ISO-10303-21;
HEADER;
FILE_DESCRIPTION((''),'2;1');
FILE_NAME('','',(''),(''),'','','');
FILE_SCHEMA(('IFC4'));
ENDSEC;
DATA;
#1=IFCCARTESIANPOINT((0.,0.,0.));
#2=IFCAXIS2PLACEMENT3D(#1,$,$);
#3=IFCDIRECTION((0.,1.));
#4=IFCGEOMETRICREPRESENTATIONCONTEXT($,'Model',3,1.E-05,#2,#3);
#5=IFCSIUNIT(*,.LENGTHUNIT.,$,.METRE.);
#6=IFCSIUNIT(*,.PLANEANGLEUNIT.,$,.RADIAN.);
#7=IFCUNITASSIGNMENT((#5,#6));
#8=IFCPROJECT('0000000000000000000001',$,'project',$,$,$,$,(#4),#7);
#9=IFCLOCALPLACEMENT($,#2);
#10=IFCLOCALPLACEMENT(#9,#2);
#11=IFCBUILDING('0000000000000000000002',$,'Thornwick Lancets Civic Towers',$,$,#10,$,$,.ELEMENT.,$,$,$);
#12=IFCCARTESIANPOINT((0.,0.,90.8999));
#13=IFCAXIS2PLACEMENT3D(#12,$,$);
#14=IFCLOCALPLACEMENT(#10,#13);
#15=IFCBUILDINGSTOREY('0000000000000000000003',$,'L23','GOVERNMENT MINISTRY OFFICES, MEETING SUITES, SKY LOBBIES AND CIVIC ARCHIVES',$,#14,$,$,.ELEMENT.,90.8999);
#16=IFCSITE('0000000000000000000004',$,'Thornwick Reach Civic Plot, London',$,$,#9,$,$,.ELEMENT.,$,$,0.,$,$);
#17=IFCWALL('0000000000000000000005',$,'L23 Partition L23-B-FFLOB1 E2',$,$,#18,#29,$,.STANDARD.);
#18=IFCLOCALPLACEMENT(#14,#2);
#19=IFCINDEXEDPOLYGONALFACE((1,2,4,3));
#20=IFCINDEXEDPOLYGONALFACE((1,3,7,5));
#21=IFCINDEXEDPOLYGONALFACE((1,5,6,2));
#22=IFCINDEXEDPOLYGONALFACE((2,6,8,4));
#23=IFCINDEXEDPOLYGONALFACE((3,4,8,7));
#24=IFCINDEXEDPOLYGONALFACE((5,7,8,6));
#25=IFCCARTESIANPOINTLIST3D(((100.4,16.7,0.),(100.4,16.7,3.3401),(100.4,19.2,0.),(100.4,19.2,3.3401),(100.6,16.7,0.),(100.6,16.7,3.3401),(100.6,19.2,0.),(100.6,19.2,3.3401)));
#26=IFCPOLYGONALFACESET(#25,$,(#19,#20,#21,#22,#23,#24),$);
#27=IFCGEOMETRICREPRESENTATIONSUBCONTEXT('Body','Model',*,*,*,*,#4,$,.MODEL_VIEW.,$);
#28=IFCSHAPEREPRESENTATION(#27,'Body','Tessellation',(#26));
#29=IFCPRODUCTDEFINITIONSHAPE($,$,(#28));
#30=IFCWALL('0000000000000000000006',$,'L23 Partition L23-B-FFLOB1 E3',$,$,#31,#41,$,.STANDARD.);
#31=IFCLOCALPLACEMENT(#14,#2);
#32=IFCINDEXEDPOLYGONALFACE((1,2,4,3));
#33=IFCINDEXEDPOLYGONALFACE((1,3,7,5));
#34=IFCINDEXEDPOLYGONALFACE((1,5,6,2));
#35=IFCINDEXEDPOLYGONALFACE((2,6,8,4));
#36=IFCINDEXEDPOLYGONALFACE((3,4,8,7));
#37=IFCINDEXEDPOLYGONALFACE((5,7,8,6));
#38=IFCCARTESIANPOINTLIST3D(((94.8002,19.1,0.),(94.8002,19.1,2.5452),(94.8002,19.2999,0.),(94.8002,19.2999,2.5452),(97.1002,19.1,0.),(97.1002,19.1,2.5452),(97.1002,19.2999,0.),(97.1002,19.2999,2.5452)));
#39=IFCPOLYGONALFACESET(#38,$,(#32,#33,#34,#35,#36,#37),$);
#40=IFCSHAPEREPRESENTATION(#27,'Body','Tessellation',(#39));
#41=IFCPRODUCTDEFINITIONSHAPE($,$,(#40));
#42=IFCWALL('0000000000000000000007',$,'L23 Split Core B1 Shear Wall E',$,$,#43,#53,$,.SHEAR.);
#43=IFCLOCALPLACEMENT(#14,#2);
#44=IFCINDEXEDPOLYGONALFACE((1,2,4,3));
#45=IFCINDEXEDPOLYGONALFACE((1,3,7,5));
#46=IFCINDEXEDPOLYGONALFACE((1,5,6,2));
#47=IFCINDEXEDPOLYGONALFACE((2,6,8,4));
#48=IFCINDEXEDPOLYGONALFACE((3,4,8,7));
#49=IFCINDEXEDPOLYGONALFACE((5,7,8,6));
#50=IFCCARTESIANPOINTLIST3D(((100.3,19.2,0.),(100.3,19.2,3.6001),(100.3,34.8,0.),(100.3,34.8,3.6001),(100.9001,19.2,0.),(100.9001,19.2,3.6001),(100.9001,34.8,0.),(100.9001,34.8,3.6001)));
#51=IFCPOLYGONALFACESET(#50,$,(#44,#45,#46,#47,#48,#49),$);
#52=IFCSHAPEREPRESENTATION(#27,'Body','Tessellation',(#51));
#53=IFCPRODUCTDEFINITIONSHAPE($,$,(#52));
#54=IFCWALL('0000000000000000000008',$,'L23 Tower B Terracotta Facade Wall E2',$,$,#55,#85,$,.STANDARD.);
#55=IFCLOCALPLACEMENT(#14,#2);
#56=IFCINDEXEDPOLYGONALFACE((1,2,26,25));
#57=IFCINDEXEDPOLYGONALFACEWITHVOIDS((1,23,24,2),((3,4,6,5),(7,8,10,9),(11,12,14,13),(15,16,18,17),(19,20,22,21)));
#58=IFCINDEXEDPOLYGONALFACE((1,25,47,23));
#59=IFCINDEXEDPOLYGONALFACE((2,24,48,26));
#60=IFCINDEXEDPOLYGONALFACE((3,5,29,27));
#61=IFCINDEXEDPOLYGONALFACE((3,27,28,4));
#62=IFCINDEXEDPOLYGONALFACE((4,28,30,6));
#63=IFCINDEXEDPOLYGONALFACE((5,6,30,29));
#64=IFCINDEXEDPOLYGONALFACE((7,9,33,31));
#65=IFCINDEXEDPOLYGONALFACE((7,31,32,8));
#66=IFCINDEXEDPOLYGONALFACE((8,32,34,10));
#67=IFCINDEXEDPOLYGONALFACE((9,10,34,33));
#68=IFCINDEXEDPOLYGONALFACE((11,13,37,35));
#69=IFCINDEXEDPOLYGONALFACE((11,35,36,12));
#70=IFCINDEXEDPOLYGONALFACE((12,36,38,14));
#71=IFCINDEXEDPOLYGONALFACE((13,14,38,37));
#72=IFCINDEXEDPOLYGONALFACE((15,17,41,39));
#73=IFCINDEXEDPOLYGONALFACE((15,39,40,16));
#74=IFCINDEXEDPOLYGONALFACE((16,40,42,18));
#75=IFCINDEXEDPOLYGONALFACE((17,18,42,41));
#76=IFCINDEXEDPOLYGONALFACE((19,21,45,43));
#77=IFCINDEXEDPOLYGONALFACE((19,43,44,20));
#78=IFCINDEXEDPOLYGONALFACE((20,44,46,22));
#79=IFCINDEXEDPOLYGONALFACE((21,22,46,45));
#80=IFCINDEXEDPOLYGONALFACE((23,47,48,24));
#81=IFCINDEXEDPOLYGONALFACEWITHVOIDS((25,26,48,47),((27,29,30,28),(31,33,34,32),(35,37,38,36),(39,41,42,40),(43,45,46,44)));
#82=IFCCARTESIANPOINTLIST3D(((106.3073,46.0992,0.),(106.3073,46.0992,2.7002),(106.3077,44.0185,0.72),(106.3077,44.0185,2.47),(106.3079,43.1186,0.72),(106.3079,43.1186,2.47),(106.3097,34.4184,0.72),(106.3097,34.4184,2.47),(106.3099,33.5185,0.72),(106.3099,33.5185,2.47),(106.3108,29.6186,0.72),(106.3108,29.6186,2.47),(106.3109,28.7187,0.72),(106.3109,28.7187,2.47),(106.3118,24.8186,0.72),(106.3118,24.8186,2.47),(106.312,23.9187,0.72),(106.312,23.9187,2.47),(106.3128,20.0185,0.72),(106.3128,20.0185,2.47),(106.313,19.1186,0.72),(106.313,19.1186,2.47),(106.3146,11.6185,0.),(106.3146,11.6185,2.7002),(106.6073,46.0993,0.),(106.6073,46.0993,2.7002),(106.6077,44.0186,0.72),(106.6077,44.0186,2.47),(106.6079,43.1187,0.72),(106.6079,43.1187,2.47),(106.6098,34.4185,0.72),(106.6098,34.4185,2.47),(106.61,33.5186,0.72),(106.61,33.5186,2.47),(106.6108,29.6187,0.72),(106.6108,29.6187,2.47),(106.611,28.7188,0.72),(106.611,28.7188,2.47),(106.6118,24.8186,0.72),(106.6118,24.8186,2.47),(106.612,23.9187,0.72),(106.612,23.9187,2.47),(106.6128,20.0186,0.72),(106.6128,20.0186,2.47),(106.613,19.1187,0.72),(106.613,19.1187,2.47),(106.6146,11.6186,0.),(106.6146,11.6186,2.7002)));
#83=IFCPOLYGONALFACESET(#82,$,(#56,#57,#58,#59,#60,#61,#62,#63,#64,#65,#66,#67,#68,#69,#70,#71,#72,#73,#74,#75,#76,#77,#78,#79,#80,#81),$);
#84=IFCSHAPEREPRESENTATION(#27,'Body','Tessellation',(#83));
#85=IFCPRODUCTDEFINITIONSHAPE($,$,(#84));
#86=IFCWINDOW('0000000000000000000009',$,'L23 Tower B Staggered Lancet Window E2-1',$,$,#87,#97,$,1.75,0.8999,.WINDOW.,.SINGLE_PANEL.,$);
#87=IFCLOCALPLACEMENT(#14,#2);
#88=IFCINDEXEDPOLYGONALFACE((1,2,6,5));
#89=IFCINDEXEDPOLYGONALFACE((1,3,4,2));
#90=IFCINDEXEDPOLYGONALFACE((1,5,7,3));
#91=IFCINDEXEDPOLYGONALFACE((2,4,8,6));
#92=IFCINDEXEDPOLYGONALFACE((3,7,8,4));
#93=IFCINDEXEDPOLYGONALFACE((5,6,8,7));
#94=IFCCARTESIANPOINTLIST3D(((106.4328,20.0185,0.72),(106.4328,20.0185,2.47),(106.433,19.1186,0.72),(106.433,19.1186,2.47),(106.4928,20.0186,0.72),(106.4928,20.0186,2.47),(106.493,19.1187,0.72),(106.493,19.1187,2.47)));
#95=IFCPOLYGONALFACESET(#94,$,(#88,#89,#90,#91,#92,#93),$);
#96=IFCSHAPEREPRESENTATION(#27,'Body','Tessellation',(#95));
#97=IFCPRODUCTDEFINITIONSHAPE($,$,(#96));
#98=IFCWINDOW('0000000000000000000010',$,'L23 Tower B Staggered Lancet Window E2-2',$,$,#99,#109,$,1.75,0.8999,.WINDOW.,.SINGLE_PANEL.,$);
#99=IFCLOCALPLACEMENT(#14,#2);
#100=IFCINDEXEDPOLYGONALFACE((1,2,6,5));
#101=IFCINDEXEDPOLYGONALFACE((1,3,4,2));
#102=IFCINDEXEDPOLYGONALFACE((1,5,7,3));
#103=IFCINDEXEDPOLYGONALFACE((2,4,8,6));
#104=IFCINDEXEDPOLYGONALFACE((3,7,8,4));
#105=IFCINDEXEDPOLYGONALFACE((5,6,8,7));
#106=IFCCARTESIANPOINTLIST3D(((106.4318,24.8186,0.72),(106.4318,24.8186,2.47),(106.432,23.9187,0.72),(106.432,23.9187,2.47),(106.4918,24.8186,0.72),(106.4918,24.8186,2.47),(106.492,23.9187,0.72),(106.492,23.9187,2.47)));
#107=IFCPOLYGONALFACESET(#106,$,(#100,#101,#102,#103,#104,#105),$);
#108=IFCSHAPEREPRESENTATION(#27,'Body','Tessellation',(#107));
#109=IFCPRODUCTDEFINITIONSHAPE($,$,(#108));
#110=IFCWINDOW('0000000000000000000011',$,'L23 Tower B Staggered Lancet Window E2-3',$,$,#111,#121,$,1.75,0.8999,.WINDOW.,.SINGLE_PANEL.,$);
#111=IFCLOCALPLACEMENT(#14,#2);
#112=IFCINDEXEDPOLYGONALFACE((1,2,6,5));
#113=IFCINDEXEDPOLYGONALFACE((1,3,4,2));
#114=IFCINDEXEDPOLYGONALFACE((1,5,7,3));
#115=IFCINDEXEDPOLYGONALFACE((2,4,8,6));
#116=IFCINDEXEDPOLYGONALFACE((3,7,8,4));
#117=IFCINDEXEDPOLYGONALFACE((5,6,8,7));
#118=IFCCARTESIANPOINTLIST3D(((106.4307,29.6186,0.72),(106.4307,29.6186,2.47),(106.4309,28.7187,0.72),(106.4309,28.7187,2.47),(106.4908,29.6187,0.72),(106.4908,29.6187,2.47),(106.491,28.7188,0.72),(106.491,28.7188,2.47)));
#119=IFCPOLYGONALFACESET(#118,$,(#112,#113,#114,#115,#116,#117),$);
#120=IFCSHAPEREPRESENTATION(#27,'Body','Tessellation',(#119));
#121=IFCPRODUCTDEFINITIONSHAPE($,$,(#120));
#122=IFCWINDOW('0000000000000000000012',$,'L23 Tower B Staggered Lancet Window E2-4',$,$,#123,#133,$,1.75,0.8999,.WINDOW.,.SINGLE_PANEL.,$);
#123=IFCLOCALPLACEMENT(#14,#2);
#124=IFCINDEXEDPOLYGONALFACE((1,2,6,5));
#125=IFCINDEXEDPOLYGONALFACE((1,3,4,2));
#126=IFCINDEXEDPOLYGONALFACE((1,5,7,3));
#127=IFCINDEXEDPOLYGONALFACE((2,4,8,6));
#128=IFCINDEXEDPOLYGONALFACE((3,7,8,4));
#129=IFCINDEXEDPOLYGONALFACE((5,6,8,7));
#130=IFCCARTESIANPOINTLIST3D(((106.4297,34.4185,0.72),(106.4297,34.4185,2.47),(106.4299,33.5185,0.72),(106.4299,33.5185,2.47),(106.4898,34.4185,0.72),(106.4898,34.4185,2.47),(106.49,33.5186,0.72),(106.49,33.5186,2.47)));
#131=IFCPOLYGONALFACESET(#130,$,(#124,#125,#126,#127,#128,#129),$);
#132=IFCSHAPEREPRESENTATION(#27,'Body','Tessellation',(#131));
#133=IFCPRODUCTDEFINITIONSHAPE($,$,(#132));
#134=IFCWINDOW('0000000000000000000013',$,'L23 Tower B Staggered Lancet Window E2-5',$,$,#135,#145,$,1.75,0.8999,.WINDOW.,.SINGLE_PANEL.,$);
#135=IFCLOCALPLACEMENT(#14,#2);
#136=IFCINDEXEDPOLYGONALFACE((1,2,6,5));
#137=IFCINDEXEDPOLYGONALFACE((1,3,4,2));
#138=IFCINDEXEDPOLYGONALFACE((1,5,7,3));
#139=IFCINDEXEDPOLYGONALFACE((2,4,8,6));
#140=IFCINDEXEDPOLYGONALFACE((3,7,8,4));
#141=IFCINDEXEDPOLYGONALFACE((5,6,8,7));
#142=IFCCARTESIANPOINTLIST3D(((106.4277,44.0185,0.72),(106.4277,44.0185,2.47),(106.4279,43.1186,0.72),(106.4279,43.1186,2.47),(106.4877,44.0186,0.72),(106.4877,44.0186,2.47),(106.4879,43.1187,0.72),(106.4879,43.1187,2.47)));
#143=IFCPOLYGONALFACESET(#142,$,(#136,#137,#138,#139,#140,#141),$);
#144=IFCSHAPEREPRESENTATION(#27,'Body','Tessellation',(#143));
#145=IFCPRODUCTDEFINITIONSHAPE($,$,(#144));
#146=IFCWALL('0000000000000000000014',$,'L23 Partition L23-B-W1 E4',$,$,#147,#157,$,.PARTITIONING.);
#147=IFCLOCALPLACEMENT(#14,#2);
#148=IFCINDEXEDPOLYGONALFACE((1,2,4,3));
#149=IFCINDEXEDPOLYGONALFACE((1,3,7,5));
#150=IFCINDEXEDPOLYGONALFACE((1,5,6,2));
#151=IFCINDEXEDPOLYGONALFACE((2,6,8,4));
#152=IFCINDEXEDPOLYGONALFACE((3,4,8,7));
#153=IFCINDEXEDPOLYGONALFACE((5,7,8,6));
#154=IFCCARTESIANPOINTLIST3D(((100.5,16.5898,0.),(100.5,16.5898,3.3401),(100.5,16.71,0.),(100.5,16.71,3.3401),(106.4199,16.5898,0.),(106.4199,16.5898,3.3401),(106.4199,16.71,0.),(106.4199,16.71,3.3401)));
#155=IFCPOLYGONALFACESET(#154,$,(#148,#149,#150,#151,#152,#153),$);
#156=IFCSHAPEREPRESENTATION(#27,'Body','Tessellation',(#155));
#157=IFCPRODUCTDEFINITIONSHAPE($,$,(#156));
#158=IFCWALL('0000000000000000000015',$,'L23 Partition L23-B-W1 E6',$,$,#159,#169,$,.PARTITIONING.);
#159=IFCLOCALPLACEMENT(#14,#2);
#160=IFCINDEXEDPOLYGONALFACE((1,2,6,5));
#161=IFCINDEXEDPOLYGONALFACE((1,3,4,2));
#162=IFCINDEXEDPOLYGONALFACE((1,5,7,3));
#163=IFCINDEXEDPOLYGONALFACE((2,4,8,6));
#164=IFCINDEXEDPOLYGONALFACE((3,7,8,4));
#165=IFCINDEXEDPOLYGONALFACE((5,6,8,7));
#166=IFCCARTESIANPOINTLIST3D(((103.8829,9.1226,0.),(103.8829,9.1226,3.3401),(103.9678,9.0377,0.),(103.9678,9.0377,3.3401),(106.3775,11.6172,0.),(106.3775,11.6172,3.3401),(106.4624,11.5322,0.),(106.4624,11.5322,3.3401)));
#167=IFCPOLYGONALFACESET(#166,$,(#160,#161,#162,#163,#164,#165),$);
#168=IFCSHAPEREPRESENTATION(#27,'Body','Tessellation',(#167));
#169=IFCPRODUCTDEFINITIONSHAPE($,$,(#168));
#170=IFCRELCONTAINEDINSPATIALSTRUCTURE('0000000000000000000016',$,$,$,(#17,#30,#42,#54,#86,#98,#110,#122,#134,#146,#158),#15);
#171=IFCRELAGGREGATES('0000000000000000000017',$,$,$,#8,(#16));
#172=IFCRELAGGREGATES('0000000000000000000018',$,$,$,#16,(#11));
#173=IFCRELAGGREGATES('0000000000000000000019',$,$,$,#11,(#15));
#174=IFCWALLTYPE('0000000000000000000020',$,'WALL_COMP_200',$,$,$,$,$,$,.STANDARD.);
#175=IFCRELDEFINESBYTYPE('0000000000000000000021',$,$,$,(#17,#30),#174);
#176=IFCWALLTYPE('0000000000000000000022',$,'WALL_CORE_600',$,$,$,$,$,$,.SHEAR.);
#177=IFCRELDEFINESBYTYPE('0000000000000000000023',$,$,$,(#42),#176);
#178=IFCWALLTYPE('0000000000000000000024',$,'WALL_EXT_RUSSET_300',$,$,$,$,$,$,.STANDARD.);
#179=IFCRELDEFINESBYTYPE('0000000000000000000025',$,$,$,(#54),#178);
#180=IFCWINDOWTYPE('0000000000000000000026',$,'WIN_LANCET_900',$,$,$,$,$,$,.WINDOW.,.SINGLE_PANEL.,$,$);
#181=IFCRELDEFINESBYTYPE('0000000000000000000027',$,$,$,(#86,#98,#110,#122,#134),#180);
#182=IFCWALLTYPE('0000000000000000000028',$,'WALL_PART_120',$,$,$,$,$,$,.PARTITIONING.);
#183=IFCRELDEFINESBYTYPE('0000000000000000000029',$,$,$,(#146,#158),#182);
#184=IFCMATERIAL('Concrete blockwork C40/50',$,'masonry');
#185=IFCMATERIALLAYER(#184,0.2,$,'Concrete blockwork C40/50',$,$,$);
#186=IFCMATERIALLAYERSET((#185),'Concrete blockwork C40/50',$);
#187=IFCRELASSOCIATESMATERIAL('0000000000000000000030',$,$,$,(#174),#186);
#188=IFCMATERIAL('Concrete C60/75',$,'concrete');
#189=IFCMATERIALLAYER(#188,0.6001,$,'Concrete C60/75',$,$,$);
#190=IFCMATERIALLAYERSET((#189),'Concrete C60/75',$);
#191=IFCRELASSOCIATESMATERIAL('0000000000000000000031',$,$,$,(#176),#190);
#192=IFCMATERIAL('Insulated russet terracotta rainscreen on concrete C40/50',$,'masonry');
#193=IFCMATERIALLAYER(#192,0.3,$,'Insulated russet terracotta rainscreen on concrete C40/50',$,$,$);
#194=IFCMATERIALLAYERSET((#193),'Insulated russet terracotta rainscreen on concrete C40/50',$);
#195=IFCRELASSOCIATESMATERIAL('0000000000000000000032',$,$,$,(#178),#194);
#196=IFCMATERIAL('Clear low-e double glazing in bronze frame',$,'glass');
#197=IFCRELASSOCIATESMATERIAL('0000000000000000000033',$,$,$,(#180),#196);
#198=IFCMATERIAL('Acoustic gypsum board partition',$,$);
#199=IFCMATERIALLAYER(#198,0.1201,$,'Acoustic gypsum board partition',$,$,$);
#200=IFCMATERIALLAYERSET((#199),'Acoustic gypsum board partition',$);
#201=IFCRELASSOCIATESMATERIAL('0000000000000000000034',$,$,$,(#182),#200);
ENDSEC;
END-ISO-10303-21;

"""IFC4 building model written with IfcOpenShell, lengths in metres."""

from ifc_helpers import new_model, si_unit, direction, frame, frame_2d, origin, place, context, subcontext, project, spatial, rectangle, extrude, material, layer, layer_set, type_object, element, fill, save


model = new_model("IFC4")

# Units and contexts
model_context = context("Model", 3, precision=1e-05, world=origin(), true_north=direction((0.0, 1.0)))
body_context = subcontext(model_context, "Body", "Model", "MODEL_VIEW")
ifc_project = project(units=[si_unit("LENGTHUNIT", "METRE"), si_unit("PLANEANGLEUNIT", "RADIAN")], contexts=[model_context])

# Site, building, storey
site_placement = place(None, origin())
site = spatial("IfcSite", under=ifc_project, at=site_placement, Name="Thornwick Reach Civic Plot, London", CompositionType="ELEMENT", RefElevation=0.0)
building_placement = place(site_placement, origin())
building = spatial("IfcBuilding", under=site, at=building_placement, Name="Thornwick Lancets Civic Towers", CompositionType="ELEMENT")
storey_placement = place(building_placement, frame((0.0, 0.0, 90.8999)))
storey = spatial("IfcBuildingStorey", under=building, at=storey_placement, Name="L23", Description="GOVERNMENT MINISTRY OFFICES, MEETING SUITES, SKY LOBBIES AND CIVIC ARCHIVES", CompositionType="ELEMENT", Elevation=90.8999)

# Shared definitions
ifc_material_1 = material(Name="Concrete C60/75", Category="concrete")

# Walls
ifc_material_2 = material(Name="Concrete blockwork C40/50", Category="masonry")
ifc_layer_1 = layer(ifc_material_2, 0.2, Name="Concrete blockwork C40/50")
ifc_layer_set_1 = layer_set([ifc_layer_1], Name="Concrete blockwork C40/50")
wall_type_1 = type_object("IfcWallType", Name="WALL_COMP_200", PredefinedType="STANDARD", material=ifc_layer_set_1)
wall_1_placement = place(storey_placement, frame((100.5, 16.7, 0.0), z_axis=(0.0, 0.0, 1.0), x_axis=(0.0, 1.0, 0.0)))
element("IfcWall", 1, at=wall_1_placement, inside=storey, type_object=wall_type_1, Name="L23 Partition L23-B-FFLOB1 E2", PredefinedType="STANDARD", context=body_context, shape_type="SweptSolid", body=[
    extrude(rectangle(XDim=2.5, YDim=0.2, at=frame_2d((1.25, 0.0))), origin(), (0.0, 0.0, 1.0), 3.3401),
])
wall_2_placement = place(storey_placement, frame((97.1001, 19.2, 0.0), z_axis=(0.0, 0.0, 1.0), x_axis=(-1.0, 0.0, 0.0)))
element("IfcWall", 2, at=wall_2_placement, inside=storey, type_object=wall_type_1, Name="L23 Partition L23-B-FFLOB1 E3", PredefinedType="STANDARD", context=body_context, shape_type="SweptSolid", body=[
    extrude(rectangle(XDim=2.3, YDim=0.2, at=frame_2d((1.1499, 0.0))), origin(), (0.0, 0.0, 1.0), 2.5452),
])
ifc_layer_2 = layer(ifc_material_1, 0.6001, Name="Concrete C60/75")
ifc_layer_set_2 = layer_set([ifc_layer_2], Name="Concrete C60/75")
wall_type_2 = type_object("IfcWallType", Name="WALL_CORE_600", PredefinedType="SHEAR", material=ifc_layer_set_2)
wall_3_placement = place(storey_placement, frame((100.6001, 19.2, 0.0), z_axis=(0.0, 0.0, 1.0), x_axis=(0.0, 1.0, 0.0)))
element("IfcWall", 3, at=wall_3_placement, inside=storey, type_object=wall_type_2, Name="L23 Split Core B1 Shear Wall E", PredefinedType="SHEAR", context=body_context, shape_type="SweptSolid", body=[
    extrude(rectangle(XDim=15.6001, YDim=0.6001, at=frame_2d((7.8, 0.0))), origin(), (0.0, 0.0, 1.0), 3.6001),
])

# Wall, openings, windows
ifc_material_3 = material(Name="Insulated russet terracotta rainscreen on concrete C40/50", Category="masonry")
ifc_layer_3 = layer(ifc_material_3, 0.3, Name="Insulated russet terracotta rainscreen on concrete C40/50")
ifc_layer_set_3 = layer_set([ifc_layer_3], Name="Insulated russet terracotta rainscreen on concrete C40/50")
wall_type_3 = type_object("IfcWallType", Name="WALL_EXT_RUSSET_300", PredefinedType="STANDARD", material=ifc_layer_set_3)
wall_4_placement = place(storey_placement, frame((106.4646, 11.6187, 0.0), z_axis=(0.0, 0.0, 1.0), x_axis=(-0.000212, 1.0, 0.0)))
wall_4 = element("IfcWall", 4, at=wall_4_placement, inside=storey, type_object=wall_type_3, Name="L23 Tower B Terracotta Facade Wall E2", PredefinedType="STANDARD", context=body_context, shape_type="SweptSolid", body=[
    extrude(rectangle(XDim=34.4807, YDim=0.3, at=frame_2d((17.2402, 0.0))), origin(), (0.0, 0.0, 1.0), 2.7002),
])
opening_1_placement = place(wall_4_placement, frame((7.5, 0.0, 0.72)))
opening_1 = element("IfcOpeningElement", 5, at=opening_1_placement, cuts=wall_4, PredefinedType="OPENING", context=body_context, shape_type="SweptSolid", body=[
    extrude(rectangle(XDim=0.8999, YDim=1.75, at=frame_2d((0.45, 0.875))), frame((0.0, 0.1602, 0.0), z_axis=(0.0, -1.0, 0.0), x_axis=(1.0, 0.0, 0.0)), (0.0, 0.0, 1.0), 0.3201),
])
opening_2_placement = place(wall_4_placement, frame((12.3, 0.0, 0.72)))
opening_2 = element("IfcOpeningElement", 6, at=opening_2_placement, cuts=wall_4, PredefinedType="OPENING", context=body_context, shape_type="SweptSolid", body=[
    extrude(rectangle(XDim=0.8999, YDim=1.75, at=frame_2d((0.45, 0.875))), frame((0.0, 0.1602, 0.0), z_axis=(0.0, -1.0, 0.0), x_axis=(1.0, 0.0, 0.0)), (0.0, 0.0, 1.0), 0.3201),
])
opening_3_placement = place(wall_4_placement, frame((17.1001, 0.0, 0.72)))
opening_3 = element("IfcOpeningElement", 7, at=opening_3_placement, cuts=wall_4, PredefinedType="OPENING", context=body_context, shape_type="SweptSolid", body=[
    extrude(rectangle(XDim=0.8999, YDim=1.75, at=frame_2d((0.45, 0.875))), frame((0.0, 0.1602, 0.0), z_axis=(0.0, -1.0, 0.0), x_axis=(1.0, 0.0, 0.0)), (0.0, 0.0, 1.0), 0.3201),
])
opening_4_placement = place(wall_4_placement, frame((21.8999, 0.0, 0.72)))
opening_4 = element("IfcOpeningElement", 8, at=opening_4_placement, cuts=wall_4, PredefinedType="OPENING", context=body_context, shape_type="SweptSolid", body=[
    extrude(rectangle(XDim=0.8999, YDim=1.75, at=frame_2d((0.45, 0.875))), frame((0.0, 0.1602, 0.0), z_axis=(0.0, -1.0, 0.0), x_axis=(1.0, 0.0, 0.0)), (0.0, 0.0, 1.0), 0.3201),
])
opening_5_placement = place(wall_4_placement, frame((31.5, 0.0, 0.72)))
opening_5 = element("IfcOpeningElement", 9, at=opening_5_placement, cuts=wall_4, PredefinedType="OPENING", context=body_context, shape_type="SweptSolid", body=[
    extrude(rectangle(XDim=0.8999, YDim=1.75, at=frame_2d((0.45, 0.875))), frame((0.0, 0.1602, 0.0), z_axis=(0.0, -1.0, 0.0), x_axis=(1.0, 0.0, 0.0)), (0.0, 0.0, 1.0), 0.3201),
])
ifc_material_4 = material(Name="Clear low-e double glazing in bronze frame", Category="glass")
window_type = type_object("IfcWindowType", Name="WIN_LANCET_900", PartitioningType="SINGLE_PANEL", PredefinedType="WINDOW", material=ifc_material_4)
window_1_placement = place(opening_1_placement, origin())
window_1 = element("IfcWindow", 10, at=window_1_placement, inside=storey, type_object=window_type, Name="L23 Tower B Staggered Lancet Window E2-1", OverallHeight=1.75, OverallWidth=0.8999, PartitioningType="SINGLE_PANEL", PredefinedType="WINDOW", context=body_context, shape_type="SweptSolid", body=[
    extrude(rectangle(XDim=0.8999, YDim=1.75, at=frame_2d((0.45, 0.875))), frame((0.0, 0.03, 0.0), z_axis=(0.0, -1.0, 0.0), x_axis=(1.0, 0.0, 0.0)), (0.0, 0.0, 1.0), 0.0601),
])
fill(opening_1, window_1)
window_2_placement = place(opening_2_placement, origin())
window_2 = element("IfcWindow", 11, at=window_2_placement, inside=storey, type_object=window_type, Name="L23 Tower B Staggered Lancet Window E2-2", OverallHeight=1.75, OverallWidth=0.8999, PartitioningType="SINGLE_PANEL", PredefinedType="WINDOW", context=body_context, shape_type="SweptSolid", body=[
    extrude(rectangle(XDim=0.8999, YDim=1.75, at=frame_2d((0.45, 0.875))), frame((0.0, 0.03, 0.0), z_axis=(0.0, -1.0, 0.0), x_axis=(1.0, 0.0, 0.0)), (0.0, 0.0, 1.0), 0.0601),
])
fill(opening_2, window_2)
window_3_placement = place(opening_3_placement, origin())
window_3 = element("IfcWindow", 12, at=window_3_placement, inside=storey, type_object=window_type, Name="L23 Tower B Staggered Lancet Window E2-3", OverallHeight=1.75, OverallWidth=0.8999, PartitioningType="SINGLE_PANEL", PredefinedType="WINDOW", context=body_context, shape_type="SweptSolid", body=[
    extrude(rectangle(XDim=0.8999, YDim=1.75, at=frame_2d((0.45, 0.875))), frame((0.0, 0.03, 0.0), z_axis=(0.0, -1.0, 0.0), x_axis=(1.0, 0.0, 0.0)), (0.0, 0.0, 1.0), 0.0601),
])
fill(opening_3, window_3)
window_4_placement = place(opening_4_placement, origin())
window_4 = element("IfcWindow", 13, at=window_4_placement, inside=storey, type_object=window_type, Name="L23 Tower B Staggered Lancet Window E2-4", OverallHeight=1.75, OverallWidth=0.8999, PartitioningType="SINGLE_PANEL", PredefinedType="WINDOW", context=body_context, shape_type="SweptSolid", body=[
    extrude(rectangle(XDim=0.8999, YDim=1.75, at=frame_2d((0.45, 0.875))), frame((0.0, 0.03, 0.0), z_axis=(0.0, -1.0, 0.0), x_axis=(1.0, 0.0, 0.0)), (0.0, 0.0, 1.0), 0.0601),
])
fill(opening_4, window_4)
window_5_placement = place(opening_5_placement, origin())
window_5 = element("IfcWindow", 14, at=window_5_placement, inside=storey, type_object=window_type, Name="L23 Tower B Staggered Lancet Window E2-5", OverallHeight=1.75, OverallWidth=0.8999, PartitioningType="SINGLE_PANEL", PredefinedType="WINDOW", context=body_context, shape_type="SweptSolid", body=[
    extrude(rectangle(XDim=0.8999, YDim=1.75, at=frame_2d((0.45, 0.875))), frame((0.0, 0.03, 0.0), z_axis=(0.0, -1.0, 0.0), x_axis=(1.0, 0.0, 0.0)), (0.0, 0.0, 1.0), 0.0601),
])
fill(opening_5, window_5)

# Walls
ifc_material_5 = material(Name="Acoustic gypsum board partition")
ifc_layer_4 = layer(ifc_material_5, 0.1201, Name="Acoustic gypsum board partition")
ifc_layer_set_4 = layer_set([ifc_layer_4], Name="Acoustic gypsum board partition")
wall_type_4 = type_object("IfcWallType", Name="WALL_PART_120", PredefinedType="PARTITIONING", material=ifc_layer_set_4)
wall_5_placement = place(storey_placement, frame((100.5, 16.6499, 0.0), z_axis=(0.0, 0.0, 1.0), x_axis=(1.0, 0.0, 0.0)))
element("IfcWall", 15, at=wall_5_placement, inside=storey, type_object=wall_type_4, Name="L23 Partition L23-B-W1 E4", PredefinedType="PARTITIONING", context=body_context, shape_type="SweptSolid", body=[
    extrude(rectangle(XDim=5.9199, YDim=0.1201, at=frame_2d((2.96, 0.0))), origin(), (0.0, 0.0, 1.0), 3.3401),
])
wall_6_placement = place(storey_placement, frame((106.4199, 11.5747, 0.0), z_axis=(0.0, 0.0, 1.0), x_axis=(-0.707107, -0.707107, 0.0)))
element("IfcWall", 16, at=wall_6_placement, inside=storey, type_object=wall_type_4, Name="L23 Partition L23-B-W1 E6", PredefinedType="PARTITIONING", context=body_context, shape_type="SweptSolid", body=[
    extrude(rectangle(XDim=3.5278, YDim=0.1201, at=frame_2d((1.7639, 0.0))), origin(), (0.0, 0.0, 1.0), 3.3401),
])

save(model, "model.ifc")
